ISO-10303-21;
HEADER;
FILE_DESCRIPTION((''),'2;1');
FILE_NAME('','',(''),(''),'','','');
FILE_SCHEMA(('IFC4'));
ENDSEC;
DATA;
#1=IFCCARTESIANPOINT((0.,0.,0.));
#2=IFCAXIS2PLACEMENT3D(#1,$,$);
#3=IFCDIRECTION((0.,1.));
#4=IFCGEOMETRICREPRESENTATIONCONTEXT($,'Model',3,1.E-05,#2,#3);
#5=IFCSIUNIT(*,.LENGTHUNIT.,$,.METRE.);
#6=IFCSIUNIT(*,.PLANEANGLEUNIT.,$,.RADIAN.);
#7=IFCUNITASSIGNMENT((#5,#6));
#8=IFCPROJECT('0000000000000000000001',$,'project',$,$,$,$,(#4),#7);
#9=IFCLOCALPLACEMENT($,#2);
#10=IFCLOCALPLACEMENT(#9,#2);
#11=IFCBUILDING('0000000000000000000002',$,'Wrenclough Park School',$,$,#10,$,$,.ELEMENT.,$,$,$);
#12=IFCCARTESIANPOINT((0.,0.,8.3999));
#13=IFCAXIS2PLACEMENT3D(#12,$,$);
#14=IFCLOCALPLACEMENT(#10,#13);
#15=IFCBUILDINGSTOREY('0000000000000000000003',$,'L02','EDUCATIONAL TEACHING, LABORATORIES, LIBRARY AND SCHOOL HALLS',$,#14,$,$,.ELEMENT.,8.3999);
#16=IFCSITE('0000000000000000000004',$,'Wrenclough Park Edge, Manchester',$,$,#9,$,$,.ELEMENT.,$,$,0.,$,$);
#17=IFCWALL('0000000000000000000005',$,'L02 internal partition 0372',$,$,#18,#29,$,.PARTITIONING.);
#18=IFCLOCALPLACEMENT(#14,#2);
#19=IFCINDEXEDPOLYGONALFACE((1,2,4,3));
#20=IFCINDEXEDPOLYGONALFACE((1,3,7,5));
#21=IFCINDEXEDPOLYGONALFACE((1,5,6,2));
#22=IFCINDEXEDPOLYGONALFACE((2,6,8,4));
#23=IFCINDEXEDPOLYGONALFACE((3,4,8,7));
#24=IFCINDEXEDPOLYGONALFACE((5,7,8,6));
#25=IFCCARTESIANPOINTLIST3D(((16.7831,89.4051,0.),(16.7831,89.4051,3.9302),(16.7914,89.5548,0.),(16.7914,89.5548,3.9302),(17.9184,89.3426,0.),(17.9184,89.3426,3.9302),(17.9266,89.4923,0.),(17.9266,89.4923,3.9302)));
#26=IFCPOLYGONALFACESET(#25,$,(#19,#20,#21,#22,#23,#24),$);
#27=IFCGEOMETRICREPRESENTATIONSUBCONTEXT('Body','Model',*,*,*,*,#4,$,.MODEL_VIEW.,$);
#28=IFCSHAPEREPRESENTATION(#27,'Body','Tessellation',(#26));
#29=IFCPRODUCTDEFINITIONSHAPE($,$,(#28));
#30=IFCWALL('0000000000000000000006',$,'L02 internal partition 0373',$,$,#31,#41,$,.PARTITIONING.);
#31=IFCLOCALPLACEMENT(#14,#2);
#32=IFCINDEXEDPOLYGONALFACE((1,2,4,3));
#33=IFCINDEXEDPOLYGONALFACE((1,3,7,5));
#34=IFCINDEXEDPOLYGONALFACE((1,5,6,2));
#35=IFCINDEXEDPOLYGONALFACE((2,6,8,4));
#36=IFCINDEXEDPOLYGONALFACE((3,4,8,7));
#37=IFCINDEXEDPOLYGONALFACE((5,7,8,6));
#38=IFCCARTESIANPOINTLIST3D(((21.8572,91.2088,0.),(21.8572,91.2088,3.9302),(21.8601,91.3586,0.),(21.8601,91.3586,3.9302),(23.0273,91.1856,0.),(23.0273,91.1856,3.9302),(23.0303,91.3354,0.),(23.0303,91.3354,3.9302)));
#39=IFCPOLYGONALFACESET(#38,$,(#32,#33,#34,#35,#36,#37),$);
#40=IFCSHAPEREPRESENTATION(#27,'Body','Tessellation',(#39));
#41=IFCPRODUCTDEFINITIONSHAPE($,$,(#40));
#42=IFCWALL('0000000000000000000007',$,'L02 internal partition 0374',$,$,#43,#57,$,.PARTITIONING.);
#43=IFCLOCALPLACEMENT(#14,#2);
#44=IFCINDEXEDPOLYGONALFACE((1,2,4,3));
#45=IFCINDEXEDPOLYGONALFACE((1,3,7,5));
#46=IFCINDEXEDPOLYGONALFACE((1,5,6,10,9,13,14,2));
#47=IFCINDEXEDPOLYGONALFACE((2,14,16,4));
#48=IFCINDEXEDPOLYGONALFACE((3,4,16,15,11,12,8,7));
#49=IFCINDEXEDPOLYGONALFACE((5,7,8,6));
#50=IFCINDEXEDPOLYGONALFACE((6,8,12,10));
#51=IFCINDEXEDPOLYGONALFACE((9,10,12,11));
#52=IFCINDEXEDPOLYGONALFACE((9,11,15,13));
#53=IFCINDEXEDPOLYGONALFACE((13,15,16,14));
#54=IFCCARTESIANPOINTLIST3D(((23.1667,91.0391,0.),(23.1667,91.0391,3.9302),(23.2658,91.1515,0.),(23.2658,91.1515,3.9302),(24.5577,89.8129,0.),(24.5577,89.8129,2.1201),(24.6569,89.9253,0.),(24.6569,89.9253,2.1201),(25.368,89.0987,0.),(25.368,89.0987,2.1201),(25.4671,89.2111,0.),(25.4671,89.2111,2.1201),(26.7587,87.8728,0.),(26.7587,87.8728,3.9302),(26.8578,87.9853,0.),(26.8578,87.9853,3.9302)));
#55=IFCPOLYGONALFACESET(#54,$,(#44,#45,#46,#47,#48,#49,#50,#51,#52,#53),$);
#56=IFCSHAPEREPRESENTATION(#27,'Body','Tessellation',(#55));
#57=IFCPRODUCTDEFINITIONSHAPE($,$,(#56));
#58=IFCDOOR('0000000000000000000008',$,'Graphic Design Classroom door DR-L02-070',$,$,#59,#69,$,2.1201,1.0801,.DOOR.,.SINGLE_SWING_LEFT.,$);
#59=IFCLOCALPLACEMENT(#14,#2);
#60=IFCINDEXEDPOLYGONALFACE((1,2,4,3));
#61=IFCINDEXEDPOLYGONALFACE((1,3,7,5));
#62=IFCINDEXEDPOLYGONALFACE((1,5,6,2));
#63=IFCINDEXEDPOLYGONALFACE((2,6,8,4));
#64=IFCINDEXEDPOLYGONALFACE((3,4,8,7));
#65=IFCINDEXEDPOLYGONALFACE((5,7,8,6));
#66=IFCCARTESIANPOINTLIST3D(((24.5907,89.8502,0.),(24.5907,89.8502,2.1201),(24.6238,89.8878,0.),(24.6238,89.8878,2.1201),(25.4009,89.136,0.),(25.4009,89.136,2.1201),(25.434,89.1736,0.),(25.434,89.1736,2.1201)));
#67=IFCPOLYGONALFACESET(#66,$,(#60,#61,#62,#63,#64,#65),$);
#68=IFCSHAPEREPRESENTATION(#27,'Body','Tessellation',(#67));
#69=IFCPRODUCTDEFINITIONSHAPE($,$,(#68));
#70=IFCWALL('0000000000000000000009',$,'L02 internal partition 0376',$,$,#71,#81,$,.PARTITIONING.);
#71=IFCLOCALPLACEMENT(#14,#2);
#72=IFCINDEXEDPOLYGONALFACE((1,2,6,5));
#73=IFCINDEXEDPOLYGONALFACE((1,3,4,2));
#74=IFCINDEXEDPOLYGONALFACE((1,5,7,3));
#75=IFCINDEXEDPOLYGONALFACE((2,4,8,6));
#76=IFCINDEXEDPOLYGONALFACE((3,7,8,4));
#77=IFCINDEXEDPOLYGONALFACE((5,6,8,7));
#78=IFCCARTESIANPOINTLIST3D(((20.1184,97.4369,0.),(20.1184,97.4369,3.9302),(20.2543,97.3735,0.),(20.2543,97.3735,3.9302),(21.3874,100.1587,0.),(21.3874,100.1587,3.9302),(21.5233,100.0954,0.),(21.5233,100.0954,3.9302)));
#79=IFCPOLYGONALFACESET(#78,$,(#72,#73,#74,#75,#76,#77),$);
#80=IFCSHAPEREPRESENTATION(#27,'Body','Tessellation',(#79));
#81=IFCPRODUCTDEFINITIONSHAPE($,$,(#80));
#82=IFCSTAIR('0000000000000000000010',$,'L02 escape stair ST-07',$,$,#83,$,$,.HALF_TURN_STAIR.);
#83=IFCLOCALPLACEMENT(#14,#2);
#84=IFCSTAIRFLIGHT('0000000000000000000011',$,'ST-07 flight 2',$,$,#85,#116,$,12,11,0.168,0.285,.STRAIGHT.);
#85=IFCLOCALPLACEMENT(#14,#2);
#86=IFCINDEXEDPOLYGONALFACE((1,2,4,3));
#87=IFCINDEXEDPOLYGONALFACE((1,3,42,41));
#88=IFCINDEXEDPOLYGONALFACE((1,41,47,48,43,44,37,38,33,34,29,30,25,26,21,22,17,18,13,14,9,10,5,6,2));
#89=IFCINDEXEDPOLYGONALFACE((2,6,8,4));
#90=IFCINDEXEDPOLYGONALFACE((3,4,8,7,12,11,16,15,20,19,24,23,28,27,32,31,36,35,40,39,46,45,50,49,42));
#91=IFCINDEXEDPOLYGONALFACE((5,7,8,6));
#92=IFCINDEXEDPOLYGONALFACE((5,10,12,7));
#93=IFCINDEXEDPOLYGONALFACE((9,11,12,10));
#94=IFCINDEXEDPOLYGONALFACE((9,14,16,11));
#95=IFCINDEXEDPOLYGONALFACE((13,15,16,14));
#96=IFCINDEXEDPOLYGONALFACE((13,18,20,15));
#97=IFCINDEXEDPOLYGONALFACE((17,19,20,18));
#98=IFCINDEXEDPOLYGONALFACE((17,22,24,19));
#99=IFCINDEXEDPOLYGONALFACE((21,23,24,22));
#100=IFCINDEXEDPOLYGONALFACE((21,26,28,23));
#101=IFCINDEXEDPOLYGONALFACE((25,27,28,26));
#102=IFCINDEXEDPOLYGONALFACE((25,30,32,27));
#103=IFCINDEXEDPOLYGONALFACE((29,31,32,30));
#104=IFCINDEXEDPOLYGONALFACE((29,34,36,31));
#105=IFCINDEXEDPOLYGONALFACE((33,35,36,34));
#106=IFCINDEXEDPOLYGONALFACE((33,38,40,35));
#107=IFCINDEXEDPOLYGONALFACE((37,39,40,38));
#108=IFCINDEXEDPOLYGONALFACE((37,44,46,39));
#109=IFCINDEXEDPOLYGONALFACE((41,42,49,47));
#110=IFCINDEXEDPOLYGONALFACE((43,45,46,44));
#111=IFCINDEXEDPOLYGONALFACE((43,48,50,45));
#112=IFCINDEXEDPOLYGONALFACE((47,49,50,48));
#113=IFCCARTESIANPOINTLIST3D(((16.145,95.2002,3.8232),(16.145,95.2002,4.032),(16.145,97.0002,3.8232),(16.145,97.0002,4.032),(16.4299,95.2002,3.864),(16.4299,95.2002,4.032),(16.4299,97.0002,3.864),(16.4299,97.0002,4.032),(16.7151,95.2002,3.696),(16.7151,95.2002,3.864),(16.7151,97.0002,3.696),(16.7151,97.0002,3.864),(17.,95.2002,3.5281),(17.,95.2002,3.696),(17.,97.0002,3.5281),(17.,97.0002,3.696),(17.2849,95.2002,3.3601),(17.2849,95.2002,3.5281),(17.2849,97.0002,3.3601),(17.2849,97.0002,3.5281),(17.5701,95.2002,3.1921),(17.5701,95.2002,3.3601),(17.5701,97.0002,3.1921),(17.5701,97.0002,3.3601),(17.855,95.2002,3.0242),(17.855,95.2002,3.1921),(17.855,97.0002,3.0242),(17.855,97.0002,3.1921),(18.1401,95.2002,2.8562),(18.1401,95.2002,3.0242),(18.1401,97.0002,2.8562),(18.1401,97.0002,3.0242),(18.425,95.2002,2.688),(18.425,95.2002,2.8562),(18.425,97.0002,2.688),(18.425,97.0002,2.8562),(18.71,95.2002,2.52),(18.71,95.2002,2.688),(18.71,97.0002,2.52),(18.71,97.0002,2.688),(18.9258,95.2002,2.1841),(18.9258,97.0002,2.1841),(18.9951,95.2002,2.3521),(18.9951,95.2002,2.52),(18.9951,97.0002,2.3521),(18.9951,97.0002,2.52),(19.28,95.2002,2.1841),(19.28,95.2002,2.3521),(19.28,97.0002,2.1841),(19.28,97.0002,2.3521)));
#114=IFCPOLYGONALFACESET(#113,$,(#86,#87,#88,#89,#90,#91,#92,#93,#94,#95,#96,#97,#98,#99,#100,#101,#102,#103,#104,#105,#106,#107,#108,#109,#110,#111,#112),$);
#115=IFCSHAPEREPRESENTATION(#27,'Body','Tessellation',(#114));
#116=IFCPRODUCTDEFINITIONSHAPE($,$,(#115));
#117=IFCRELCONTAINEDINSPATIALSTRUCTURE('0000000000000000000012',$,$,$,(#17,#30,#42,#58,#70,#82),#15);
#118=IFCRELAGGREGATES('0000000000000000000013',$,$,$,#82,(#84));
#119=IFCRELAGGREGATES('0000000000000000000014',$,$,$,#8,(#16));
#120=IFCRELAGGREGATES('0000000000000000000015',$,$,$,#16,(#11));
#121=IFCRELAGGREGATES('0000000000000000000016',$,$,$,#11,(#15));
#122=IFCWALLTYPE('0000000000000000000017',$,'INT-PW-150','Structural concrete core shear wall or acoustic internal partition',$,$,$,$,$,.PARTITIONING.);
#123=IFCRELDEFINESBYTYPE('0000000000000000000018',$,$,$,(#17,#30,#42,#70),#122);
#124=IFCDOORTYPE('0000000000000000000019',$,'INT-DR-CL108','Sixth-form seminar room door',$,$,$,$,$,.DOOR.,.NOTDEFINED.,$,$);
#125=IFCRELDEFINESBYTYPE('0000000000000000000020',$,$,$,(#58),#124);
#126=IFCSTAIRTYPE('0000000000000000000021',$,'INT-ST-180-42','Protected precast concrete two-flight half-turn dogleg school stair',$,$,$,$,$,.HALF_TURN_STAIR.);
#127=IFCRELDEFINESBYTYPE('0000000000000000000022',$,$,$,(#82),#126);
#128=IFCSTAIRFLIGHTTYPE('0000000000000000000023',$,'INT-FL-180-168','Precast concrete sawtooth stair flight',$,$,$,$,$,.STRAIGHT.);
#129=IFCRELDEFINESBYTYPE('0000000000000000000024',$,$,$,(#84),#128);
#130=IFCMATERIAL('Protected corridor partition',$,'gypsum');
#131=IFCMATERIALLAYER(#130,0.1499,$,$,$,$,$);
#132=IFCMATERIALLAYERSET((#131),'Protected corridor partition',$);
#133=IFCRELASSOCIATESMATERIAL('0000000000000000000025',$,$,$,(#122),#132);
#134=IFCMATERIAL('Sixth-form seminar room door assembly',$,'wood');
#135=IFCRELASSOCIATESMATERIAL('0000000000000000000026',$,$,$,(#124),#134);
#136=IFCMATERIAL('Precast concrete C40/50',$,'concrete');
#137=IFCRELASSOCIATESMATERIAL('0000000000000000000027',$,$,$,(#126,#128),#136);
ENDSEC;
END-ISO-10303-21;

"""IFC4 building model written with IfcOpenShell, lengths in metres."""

from ifc_helpers import new_model, si_unit, direction, frame, frame_2d, origin, place, context, subcontext, project, spatial, polyline, rectangle, outline, extrude, material, layer, layer_set, type_object, element, fill, aggregate, save


model = new_model("IFC4")

# Units and contexts
model_context = context("Model", 3, precision=1e-05, world=origin(), true_north=direction((0.0, 1.0)))
body_context = subcontext(model_context, "Body", "Model", "MODEL_VIEW")
ifc_project = project(units=[si_unit("LENGTHUNIT", "METRE"), si_unit("PLANEANGLEUNIT", "RADIAN")], contexts=[model_context])

# Site, building, storey
site_placement = place(None, origin())
site = spatial("IfcSite", under=ifc_project, at=site_placement, Name="Wrenclough Park Edge, Manchester", CompositionType="ELEMENT", RefElevation=0.0)
building_placement = place(site_placement, origin())
building = spatial("IfcBuilding", under=site, at=building_placement, Name="Wrenclough Park School", CompositionType="ELEMENT")
storey_placement = place(building_placement, frame((0.0, 0.0, 8.3999)))
storey = spatial("IfcBuildingStorey", under=building, at=storey_placement, Name="L02", Description="EDUCATIONAL TEACHING, LABORATORIES, LIBRARY AND SCHOOL HALLS", CompositionType="ELEMENT", Elevation=8.3999)

# Walls
ifc_material_1 = material(Name="Protected corridor partition", Category="gypsum")
ifc_layer_1 = layer(ifc_material_1, 0.1499)
ifc_layer_set_1 = layer_set([ifc_layer_1], Name="Protected corridor partition")
wall_type_1 = type_object("IfcWallType", Name="INT-PW-150", Description="Structural concrete core shear wall or acoustic internal partition", PredefinedType="PARTITIONING", material=ifc_layer_set_1)
wall_1_placement = place(storey_placement, frame((16.7874, 89.48, 0.0), z_axis=(0.0, 0.0, 1.0), x_axis=(0.998488, -0.054971, 0.0)))
element("IfcWall", 1, at=wall_1_placement, inside=storey, type_object=wall_type_1, Name="L02 internal partition 0372", PredefinedType="PARTITIONING", context=body_context, shape_type="SweptSolid", body=[
    extrude(rectangle(XDim=1.137, YDim=0.1499, at=frame_2d((0.5684, 0.0))), origin(), (0.0, 0.0, 1.0), 3.9302),
])
wall_2_placement = place(storey_placement, frame((21.8586, 91.2837, 0.0), z_axis=(0.0, 0.0, 1.0), x_axis=(0.999804, -0.019817, 0.0)))
element("IfcWall", 2, at=wall_2_placement, inside=storey, type_object=wall_type_1, Name="L02 internal partition 0373", PredefinedType="PARTITIONING", context=body_context, shape_type="SweptSolid", body=[
    extrude(rectangle(XDim=1.1704, YDim=0.1499, at=frame_2d((0.5852, 0.0))), origin(), (0.0, 0.0, 1.0), 3.9302),
])

# Wall, opening, door
wall_3_placement = place(storey_placement, frame((23.2163, 91.0952, 0.0), z_axis=(0.0, 0.0, 1.0), x_axis=(0.750168, -0.661247, 0.0)))
wall_3 = element("IfcWall", 3, at=wall_3_placement, inside=storey, type_object=wall_type_1, Name="L02 internal partition 0374", PredefinedType="PARTITIONING", context=body_context, shape_type="SweptSolid", body=[
    extrude(rectangle(XDim=4.7883, YDim=0.1499, at=frame_2d((2.394, 0.0))), origin(), (0.0, 0.0, 1.0), 3.9302),
])
opening_1_placement = place(wall_3_placement, frame((1.8542, 0.0, 0.0)))
opening_1 = element("IfcOpeningElement", 4, at=opening_1_placement, cuts=wall_3, PredefinedType="OPENING", context=body_context, shape_type="SweptSolid", body=[
    extrude(rectangle(XDim=1.0801, YDim=2.1201, at=frame_2d((0.54, 1.0601))), frame((0.0, 0.085, 0.0), z_axis=(0.0, -1.0, 0.0), x_axis=(1.0, 0.0, 0.0)), (0.0, 0.0, 1.0), 0.1699),
])
ifc_material_2 = material(Name="Sixth-form seminar room door assembly", Category="wood")
door_type_1 = type_object("IfcDoorType", Name="INT-DR-CL108", Description="Sixth-form seminar room door", OperationType="NOTDEFINED", PredefinedType="DOOR", material=ifc_material_2)
door_1_placement = place(opening_1_placement, origin())
door_1 = element("IfcDoor", 5, at=door_1_placement, inside=storey, type_object=door_type_1, Name="Graphic Design Classroom door DR-L02-070", OperationType="SINGLE_SWING_LEFT", OverallHeight=2.1201, OverallWidth=1.0801, PredefinedType="DOOR", context=body_context, shape_type="SweptSolid", body=[
    extrude(rectangle(XDim=1.0801, YDim=2.1201, at=frame_2d((0.54, 1.0601))), frame((0.0, 0.0249, 0.0), z_axis=(0.0, -1.0, 0.0), x_axis=(1.0, 0.0, 0.0)), (0.0, 0.0, 1.0), 0.05),
])
fill(opening_1, door_1)

# Wall
wall_4_placement = place(storey_placement, frame((21.4553, 100.127, 0.0), z_axis=(0.0, 0.0, 1.0), x_axis=(-0.422561, -0.906335, 0.0)))
element("IfcWall", 6, at=wall_4_placement, inside=storey, type_object=wall_type_1, Name="L02 internal partition 0376", PredefinedType="PARTITIONING", context=body_context, shape_type="SweptSolid", body=[
    extrude(rectangle(XDim=3.0032, YDim=0.1499, at=frame_2d((1.5015, 0.0))), origin(), (0.0, 0.0, 1.0), 3.9302),
])

# Stair, stair flight
ifc_material_3 = material(Name="Precast concrete C40/50", Category="concrete")
stair_type = type_object("IfcStairType", Name="INT-ST-180-42", Description="Protected precast concrete two-flight half-turn dogleg school stair", PredefinedType="HALF_TURN_STAIR", material=ifc_material_3)
stair_placement = place(storey_placement, origin())
stair = element("IfcStair", 7, at=stair_placement, inside=storey, type_object=stair_type, Name="L02 escape stair ST-07", PredefinedType="HALF_TURN_STAIR")
stair_flight_type = type_object("IfcStairFlightType", Name="INT-FL-180-168", Description="Precast concrete sawtooth stair flight", PredefinedType="STRAIGHT", material=ifc_material_3)
stair_flight_placement = place(storey_placement, frame((19.28, 96.1001, 2.1841), z_axis=(0.0, 0.0, 1.0), x_axis=(-1.0, 0.0, 0.0)))
stair_flight = element("IfcStairFlight", 8, at=stair_flight_placement, type_object=stair_flight_type, Name="ST-07 flight 2", NumberOfRisers=12, NumberOfTreads=11, PredefinedType="STRAIGHT", RiserHeight=0.168, TreadLength=0.285, context=body_context, shape_type="SweptSolid", body=[
    extrude(outline(polyline([(0.0, 0.0), (0.0, 0.168), (0.2849, 0.168), (0.2849, 0.3359), (0.5701, 0.3359), (0.5701, 0.5039), (0.855, 0.5039), (0.855, 0.6721), (1.1399, 0.6721), (1.1399, 0.8401), (1.425, 0.8401), (1.425, 1.0081), (1.71, 1.0081), (1.71, 1.176), (1.9951, 1.176), (1.9951, 1.344), (2.28, 1.344), (2.28, 1.512), (2.5649, 1.512), (2.5649, 1.6799), (2.8501, 1.6799), (2.8501, 1.8479), (3.135, 1.8479), (3.135, 2.0161), (3.135, 1.6392), (0.3542, 0.0), (0.0, 0.0)])), frame((0.0, 0.8999, 0.0), z_axis=(0.0, -1.0, 0.0), x_axis=(1.0, 0.0, 0.0)), (0.0, 0.0, 1.0), 1.8),
])
aggregate(stair, [stair_flight])

save(model, "model.ifc")
